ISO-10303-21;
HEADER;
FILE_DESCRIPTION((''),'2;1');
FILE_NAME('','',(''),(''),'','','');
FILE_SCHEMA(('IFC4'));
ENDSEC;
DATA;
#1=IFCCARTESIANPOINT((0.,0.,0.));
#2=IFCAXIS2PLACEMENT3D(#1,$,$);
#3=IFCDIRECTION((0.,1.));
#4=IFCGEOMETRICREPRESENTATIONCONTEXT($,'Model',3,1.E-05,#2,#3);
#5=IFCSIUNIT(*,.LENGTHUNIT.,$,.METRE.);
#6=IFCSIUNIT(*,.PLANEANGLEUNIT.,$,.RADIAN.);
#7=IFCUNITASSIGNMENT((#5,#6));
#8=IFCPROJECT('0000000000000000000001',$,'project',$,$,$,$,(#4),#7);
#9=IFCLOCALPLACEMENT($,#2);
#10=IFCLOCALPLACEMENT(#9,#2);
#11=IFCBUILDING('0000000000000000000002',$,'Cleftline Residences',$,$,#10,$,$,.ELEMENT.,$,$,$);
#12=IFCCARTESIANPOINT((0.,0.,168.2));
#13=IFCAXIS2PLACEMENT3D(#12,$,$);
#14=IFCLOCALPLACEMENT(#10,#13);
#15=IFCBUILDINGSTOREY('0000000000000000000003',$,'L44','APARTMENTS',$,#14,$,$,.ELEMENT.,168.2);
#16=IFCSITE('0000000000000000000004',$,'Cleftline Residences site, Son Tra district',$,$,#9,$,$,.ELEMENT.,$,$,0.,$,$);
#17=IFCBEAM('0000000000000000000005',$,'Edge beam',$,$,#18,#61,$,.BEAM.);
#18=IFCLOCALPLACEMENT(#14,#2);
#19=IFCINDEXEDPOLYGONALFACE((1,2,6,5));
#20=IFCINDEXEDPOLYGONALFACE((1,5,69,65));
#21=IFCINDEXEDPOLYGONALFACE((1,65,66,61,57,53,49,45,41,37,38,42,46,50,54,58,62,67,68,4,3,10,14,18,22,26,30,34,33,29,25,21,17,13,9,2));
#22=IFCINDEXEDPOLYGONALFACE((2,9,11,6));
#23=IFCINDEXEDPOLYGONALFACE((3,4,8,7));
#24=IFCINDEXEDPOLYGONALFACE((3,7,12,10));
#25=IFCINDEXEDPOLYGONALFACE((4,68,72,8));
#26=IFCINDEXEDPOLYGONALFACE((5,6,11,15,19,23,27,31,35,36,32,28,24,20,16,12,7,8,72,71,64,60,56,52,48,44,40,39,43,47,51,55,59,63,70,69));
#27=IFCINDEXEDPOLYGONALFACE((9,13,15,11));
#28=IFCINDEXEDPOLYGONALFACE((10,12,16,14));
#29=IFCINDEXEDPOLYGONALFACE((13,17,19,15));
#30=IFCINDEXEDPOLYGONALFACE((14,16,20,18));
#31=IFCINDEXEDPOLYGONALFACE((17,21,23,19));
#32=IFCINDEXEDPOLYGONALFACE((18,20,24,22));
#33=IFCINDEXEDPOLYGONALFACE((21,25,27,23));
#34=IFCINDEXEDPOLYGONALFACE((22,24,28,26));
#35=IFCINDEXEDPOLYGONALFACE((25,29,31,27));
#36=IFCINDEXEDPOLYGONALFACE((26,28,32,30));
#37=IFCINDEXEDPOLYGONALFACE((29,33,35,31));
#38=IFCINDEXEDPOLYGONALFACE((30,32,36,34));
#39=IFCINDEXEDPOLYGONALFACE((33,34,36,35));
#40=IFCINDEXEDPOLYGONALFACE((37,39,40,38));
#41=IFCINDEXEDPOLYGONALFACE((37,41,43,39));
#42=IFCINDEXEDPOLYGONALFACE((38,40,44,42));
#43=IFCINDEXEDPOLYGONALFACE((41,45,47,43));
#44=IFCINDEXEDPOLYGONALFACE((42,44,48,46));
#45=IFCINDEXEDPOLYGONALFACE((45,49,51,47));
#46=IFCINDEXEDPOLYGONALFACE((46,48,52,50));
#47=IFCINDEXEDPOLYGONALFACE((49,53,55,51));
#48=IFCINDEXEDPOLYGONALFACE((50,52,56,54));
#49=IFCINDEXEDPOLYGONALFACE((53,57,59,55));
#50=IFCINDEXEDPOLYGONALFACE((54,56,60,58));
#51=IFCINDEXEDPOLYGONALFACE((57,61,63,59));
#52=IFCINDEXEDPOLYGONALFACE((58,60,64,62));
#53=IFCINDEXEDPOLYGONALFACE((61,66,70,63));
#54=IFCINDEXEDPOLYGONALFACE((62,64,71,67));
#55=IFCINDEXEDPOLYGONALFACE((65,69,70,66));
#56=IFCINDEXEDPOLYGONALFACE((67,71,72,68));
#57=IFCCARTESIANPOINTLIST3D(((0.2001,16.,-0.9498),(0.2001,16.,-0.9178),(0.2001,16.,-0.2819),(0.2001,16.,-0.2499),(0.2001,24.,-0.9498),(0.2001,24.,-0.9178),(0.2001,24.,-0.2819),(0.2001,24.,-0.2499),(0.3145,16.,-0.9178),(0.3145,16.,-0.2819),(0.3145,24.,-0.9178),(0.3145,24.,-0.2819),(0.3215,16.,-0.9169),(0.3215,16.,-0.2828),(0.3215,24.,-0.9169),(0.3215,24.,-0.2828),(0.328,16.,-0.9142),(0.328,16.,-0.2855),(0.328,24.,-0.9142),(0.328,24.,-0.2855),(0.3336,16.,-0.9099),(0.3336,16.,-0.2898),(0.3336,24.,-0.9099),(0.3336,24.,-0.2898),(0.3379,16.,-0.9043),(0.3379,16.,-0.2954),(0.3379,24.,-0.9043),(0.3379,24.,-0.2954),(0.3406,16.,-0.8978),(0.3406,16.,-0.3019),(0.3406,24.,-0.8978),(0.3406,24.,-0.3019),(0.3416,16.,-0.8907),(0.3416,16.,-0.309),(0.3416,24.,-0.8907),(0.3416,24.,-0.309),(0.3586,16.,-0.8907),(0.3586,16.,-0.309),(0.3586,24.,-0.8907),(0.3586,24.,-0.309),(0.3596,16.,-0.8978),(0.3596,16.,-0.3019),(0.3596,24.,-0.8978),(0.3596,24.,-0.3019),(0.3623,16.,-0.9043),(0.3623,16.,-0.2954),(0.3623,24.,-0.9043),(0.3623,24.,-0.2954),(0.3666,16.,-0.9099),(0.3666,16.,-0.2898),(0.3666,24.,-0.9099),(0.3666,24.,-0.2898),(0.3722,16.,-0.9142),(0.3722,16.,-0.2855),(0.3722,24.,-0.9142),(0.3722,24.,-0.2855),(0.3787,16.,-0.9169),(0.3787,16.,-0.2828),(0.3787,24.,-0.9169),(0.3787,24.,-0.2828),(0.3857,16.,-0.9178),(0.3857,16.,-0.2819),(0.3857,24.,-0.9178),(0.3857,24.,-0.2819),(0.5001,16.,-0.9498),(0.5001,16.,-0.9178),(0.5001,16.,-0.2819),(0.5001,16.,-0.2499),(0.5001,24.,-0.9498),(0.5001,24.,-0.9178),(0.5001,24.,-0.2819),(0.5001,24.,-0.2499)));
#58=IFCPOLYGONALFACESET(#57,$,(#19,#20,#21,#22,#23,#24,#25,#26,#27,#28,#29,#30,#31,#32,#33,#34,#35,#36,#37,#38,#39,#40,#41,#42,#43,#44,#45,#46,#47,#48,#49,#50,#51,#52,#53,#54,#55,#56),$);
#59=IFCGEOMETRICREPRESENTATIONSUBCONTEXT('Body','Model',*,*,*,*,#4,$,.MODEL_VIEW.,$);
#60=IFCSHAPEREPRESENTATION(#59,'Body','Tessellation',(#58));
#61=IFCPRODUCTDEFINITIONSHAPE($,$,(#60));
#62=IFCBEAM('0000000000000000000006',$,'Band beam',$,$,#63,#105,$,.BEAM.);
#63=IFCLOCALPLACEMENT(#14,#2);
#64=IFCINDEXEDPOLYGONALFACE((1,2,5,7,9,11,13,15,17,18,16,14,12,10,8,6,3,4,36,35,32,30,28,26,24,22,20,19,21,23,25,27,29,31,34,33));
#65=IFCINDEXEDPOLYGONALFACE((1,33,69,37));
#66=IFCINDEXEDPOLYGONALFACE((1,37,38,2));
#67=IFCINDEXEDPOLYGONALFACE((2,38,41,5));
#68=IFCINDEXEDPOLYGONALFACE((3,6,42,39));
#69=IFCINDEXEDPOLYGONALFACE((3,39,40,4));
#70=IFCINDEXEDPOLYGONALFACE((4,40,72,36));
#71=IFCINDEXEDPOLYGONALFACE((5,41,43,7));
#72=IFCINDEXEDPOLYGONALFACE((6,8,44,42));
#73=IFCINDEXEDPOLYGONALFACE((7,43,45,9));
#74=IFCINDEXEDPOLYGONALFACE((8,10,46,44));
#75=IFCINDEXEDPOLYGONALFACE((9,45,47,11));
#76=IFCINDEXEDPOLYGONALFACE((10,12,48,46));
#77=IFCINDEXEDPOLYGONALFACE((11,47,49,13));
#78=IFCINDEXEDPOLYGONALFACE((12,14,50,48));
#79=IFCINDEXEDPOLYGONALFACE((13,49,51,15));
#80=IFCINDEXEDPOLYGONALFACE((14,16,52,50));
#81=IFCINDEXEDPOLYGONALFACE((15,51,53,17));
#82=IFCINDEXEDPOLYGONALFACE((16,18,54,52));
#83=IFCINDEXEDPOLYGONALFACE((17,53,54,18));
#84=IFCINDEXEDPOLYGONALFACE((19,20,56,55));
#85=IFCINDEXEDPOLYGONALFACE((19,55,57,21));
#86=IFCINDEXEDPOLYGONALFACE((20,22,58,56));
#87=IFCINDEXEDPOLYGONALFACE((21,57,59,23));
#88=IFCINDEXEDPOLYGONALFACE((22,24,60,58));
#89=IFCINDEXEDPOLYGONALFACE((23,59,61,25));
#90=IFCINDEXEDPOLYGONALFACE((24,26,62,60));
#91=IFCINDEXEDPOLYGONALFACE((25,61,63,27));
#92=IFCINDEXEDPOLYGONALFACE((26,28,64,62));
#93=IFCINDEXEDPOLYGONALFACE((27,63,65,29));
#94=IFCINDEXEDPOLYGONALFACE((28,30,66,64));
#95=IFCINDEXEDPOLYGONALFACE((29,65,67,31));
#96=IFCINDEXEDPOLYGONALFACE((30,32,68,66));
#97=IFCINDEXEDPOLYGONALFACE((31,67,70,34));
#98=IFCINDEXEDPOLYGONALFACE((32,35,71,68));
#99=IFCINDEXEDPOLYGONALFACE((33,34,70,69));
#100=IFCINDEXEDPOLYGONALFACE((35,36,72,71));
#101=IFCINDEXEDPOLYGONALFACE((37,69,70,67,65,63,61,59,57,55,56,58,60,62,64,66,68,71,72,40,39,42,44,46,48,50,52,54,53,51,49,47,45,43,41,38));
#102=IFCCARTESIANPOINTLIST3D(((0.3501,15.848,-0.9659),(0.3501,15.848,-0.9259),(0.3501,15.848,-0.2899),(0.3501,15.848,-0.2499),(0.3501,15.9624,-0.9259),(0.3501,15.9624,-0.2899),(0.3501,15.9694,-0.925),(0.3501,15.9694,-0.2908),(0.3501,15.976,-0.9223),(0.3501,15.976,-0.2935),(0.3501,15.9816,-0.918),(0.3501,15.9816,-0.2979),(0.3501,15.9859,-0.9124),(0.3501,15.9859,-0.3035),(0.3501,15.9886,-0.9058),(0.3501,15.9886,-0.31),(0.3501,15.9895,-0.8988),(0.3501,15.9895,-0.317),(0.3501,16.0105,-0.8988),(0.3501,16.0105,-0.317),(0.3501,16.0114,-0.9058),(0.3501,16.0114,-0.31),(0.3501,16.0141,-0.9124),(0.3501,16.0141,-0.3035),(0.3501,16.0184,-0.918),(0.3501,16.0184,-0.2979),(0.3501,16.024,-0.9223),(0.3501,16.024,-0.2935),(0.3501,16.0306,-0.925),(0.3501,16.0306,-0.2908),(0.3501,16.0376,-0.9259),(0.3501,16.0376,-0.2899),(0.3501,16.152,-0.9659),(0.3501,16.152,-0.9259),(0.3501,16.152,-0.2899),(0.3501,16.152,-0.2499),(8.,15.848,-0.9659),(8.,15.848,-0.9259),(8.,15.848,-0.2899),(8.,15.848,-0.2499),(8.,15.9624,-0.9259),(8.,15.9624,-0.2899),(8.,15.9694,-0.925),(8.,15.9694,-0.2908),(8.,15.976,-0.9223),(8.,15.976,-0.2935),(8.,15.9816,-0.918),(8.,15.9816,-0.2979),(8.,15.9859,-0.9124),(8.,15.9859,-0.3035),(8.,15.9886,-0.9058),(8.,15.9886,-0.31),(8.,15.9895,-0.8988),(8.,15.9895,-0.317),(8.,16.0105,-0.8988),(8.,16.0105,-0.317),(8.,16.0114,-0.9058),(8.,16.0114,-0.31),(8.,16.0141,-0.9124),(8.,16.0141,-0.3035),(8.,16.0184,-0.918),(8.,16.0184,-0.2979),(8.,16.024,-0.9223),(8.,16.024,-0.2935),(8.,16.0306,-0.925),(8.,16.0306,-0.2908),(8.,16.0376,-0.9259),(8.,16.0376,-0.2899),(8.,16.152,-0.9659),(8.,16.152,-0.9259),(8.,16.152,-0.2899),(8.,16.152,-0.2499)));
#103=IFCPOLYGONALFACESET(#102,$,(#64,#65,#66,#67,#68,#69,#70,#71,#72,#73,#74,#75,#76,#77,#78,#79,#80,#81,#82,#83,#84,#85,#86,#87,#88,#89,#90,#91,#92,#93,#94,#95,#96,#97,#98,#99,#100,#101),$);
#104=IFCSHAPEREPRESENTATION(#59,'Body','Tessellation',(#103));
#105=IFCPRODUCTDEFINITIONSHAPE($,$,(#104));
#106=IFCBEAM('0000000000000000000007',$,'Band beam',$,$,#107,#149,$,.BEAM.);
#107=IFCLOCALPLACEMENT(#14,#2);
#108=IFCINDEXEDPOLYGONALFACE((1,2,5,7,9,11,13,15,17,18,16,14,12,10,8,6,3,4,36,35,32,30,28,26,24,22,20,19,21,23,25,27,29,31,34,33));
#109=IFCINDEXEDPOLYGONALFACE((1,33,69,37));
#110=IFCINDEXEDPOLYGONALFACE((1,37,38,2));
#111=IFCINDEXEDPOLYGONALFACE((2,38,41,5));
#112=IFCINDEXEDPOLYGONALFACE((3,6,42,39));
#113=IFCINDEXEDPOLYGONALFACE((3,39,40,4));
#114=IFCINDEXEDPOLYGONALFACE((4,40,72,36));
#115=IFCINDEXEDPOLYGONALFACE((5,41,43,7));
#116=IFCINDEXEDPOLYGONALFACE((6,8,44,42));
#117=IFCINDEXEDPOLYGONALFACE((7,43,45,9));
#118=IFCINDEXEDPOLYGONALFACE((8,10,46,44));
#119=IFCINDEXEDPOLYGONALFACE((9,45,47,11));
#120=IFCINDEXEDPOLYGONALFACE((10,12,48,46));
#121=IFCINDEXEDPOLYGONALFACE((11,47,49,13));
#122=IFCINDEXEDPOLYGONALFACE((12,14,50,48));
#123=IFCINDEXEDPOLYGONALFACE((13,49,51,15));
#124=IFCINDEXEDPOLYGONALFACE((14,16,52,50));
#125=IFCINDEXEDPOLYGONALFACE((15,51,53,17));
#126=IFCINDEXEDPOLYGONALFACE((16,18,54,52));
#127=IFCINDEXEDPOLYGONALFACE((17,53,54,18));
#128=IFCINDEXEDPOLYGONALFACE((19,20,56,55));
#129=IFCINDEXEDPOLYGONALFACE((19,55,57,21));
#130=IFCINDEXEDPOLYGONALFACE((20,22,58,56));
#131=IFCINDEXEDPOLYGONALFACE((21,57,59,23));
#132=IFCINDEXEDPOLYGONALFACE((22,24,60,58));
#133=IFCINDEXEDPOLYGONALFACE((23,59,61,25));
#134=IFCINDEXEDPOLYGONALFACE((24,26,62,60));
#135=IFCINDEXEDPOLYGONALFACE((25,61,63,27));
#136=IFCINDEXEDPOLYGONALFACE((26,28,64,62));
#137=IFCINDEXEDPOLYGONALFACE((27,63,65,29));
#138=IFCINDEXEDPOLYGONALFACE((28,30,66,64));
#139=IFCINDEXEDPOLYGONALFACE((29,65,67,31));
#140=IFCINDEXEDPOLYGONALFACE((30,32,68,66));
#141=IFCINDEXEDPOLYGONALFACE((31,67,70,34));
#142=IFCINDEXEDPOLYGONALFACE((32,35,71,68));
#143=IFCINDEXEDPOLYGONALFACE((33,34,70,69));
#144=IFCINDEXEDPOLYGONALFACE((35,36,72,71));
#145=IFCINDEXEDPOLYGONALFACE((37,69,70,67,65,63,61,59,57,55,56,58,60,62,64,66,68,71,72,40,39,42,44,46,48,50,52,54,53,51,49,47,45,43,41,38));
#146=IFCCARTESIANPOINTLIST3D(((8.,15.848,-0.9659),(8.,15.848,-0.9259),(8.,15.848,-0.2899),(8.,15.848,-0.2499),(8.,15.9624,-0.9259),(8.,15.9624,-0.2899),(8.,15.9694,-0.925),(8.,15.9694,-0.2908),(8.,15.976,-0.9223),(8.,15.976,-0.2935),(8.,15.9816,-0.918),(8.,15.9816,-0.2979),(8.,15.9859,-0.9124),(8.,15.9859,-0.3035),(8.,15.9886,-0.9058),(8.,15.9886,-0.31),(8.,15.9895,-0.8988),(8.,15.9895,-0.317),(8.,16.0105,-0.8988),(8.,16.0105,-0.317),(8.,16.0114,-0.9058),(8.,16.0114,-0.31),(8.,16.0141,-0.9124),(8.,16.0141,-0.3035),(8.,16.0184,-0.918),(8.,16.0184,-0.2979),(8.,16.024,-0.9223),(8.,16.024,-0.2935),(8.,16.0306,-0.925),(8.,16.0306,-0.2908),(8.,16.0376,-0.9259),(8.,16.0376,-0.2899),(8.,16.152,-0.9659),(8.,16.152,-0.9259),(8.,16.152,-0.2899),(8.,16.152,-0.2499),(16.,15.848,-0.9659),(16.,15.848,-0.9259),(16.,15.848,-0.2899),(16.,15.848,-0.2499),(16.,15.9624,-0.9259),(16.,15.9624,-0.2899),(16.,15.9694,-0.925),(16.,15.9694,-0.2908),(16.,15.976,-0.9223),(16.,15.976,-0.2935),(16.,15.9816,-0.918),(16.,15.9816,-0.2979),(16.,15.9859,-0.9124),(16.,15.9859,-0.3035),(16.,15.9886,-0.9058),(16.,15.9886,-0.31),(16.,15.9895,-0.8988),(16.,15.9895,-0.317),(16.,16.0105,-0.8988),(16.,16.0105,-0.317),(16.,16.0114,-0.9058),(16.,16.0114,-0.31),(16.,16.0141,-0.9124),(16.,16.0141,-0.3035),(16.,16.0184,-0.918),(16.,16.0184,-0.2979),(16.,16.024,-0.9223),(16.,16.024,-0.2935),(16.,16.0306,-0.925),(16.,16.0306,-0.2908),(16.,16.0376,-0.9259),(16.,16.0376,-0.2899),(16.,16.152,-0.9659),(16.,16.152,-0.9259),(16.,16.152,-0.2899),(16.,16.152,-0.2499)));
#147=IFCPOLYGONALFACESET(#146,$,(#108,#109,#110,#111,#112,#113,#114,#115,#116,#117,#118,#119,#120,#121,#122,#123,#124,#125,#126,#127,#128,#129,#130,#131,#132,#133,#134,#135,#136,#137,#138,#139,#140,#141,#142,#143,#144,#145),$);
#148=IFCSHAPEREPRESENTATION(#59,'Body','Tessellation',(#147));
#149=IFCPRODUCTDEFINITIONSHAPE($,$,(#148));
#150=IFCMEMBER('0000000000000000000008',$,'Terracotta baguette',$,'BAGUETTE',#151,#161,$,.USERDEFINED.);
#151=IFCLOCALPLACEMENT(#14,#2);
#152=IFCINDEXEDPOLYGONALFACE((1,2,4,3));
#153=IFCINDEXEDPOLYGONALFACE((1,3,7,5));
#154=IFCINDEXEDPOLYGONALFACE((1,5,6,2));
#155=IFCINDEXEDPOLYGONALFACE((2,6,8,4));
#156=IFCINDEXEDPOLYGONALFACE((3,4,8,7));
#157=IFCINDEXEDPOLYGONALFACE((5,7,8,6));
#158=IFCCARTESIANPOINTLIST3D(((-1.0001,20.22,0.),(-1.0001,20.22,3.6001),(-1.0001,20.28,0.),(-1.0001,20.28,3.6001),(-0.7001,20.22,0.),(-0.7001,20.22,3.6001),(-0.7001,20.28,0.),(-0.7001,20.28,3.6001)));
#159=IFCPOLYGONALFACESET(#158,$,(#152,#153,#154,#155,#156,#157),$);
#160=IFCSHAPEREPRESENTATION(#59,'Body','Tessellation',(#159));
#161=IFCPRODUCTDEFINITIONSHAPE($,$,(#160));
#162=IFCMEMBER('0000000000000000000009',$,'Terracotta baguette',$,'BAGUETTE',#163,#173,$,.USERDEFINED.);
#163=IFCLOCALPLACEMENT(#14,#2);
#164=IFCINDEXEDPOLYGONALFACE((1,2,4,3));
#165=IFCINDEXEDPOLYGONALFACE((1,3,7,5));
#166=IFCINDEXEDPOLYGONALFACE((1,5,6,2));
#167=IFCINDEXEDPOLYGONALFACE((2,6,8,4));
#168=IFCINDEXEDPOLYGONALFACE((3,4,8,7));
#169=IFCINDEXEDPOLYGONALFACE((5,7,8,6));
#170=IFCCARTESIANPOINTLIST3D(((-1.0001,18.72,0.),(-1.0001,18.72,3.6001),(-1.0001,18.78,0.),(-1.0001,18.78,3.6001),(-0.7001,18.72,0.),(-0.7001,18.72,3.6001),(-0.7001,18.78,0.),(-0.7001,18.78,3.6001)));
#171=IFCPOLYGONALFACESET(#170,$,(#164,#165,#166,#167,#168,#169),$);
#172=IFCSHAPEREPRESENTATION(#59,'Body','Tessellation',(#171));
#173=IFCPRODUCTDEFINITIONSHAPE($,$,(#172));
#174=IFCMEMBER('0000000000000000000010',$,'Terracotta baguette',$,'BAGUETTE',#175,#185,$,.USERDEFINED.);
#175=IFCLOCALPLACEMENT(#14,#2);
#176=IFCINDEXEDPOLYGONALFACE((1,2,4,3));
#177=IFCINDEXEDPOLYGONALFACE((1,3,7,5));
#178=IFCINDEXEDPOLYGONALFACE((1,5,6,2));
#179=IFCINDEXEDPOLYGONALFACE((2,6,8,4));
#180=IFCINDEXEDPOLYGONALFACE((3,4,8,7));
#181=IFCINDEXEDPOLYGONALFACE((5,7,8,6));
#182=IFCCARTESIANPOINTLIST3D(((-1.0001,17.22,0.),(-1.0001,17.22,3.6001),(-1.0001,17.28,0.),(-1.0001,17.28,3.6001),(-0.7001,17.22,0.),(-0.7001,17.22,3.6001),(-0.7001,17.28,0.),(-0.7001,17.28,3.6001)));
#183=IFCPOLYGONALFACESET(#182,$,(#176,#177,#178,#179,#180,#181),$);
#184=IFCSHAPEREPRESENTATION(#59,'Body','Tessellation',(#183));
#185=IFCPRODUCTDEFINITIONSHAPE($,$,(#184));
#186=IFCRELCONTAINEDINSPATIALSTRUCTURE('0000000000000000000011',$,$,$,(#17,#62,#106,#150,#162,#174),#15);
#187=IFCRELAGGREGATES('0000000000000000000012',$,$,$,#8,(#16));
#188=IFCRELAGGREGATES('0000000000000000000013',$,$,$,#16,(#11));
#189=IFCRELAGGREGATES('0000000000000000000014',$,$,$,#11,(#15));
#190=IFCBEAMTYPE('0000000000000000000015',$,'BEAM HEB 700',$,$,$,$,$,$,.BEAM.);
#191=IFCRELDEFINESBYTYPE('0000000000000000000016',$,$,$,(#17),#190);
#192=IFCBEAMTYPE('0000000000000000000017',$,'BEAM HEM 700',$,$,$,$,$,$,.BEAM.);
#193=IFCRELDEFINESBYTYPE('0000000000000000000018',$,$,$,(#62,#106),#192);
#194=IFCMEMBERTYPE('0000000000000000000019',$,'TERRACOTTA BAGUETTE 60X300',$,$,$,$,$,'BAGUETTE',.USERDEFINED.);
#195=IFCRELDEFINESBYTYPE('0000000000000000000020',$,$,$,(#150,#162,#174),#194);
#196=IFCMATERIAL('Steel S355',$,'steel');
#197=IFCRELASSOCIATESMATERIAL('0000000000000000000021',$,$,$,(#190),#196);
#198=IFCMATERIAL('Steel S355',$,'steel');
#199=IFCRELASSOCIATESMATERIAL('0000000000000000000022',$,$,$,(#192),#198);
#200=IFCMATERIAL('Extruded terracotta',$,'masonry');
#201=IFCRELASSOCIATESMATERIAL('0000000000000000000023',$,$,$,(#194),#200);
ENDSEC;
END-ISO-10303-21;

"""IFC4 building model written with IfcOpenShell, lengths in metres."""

from ifc_helpers import new_model, si_unit, direction, frame, origin, origin_2d, place, context, subcontext, project, spatial, rectangle, i_section, extrude, material, material_profile, profile_set, type_object, element, save


model = new_model("IFC4")

# Units and contexts
model_context = context("Model", 3, precision=1e-05, world=origin(), true_north=direction((0.0, 1.0)))
body_context = subcontext(model_context, "Body", "Model", "MODEL_VIEW")
ifc_project = project(units=[si_unit("LENGTHUNIT", "METRE"), si_unit("PLANEANGLEUNIT", "RADIAN")], contexts=[model_context])

# Site, building, storey
site_placement = place(None, origin())
site = spatial("IfcSite", under=ifc_project, at=site_placement, Name="Cleftline Residences site, Son Tra district", CompositionType="ELEMENT", RefElevation=0.0)
building_placement = place(site_placement, origin())
building = spatial("IfcBuilding", under=site, at=building_placement, Name="Cleftline Residences", CompositionType="ELEMENT")
storey_placement = place(building_placement, frame((0.0, 0.0, 168.2)))
storey = spatial("IfcBuildingStorey", under=building, at=storey_placement, Name="L44", Description="APARTMENTS", CompositionType="ELEMENT", Elevation=168.2)

# Beams
ifc_material_1 = material(Name="Steel S355", Category="steel")
ifc_material_profile_1 = material_profile(ifc_material_1, i_section(OverallWidth=0.3, OverallDepth=0.7, WebThickness=0.0171, FlangeThickness=0.032, FilletRadius=0.0271, at=origin_2d()))
ifc_profile_set_1 = profile_set([ifc_material_profile_1], Name="Steel S355")
beam_type_1 = type_object("IfcBeamType", Name="BEAM HEB 700", PredefinedType="BEAM", material=ifc_profile_set_1)
beam_1_placement = place(storey_placement, frame((0.3501, 16.0, -0.5999), z_axis=(0.0, 1.0, 0.0), x_axis=(-1.0, 0.0, 0.0)))
element("IfcBeam", 1, at=beam_1_placement, inside=storey, type_object=beam_type_1, Name="Edge beam", PredefinedType="BEAM", context=body_context, shape_type="SweptSolid", body=[
    extrude(i_section(OverallWidth=0.3, OverallDepth=0.7, WebThickness=0.0171, FlangeThickness=0.032, FilletRadius=0.0271, at=origin_2d()), origin(), (0.0, 0.0, 1.0), 8.0),
])
ifc_material_2 = material(Name="Steel S355", Category="steel")
ifc_material_profile_2 = material_profile(ifc_material_2, i_section(OverallWidth=0.304, OverallDepth=0.7161, WebThickness=0.021, FlangeThickness=0.04, FilletRadius=0.0271, at=origin_2d()))
ifc_profile_set_2 = profile_set([ifc_material_profile_2], Name="Steel S355")
beam_type_2 = type_object("IfcBeamType", Name="BEAM HEM 700", PredefinedType="BEAM", material=ifc_profile_set_2)
beam_2_placement = place(storey_placement, frame((0.3501, 16.0, -0.6079), z_axis=(1.0, 0.0, 0.0), x_axis=(0.0, 1.0, 0.0)))
element("IfcBeam", 2, at=beam_2_placement, inside=storey, type_object=beam_type_2, Name="Band beam", PredefinedType="BEAM", context=body_context, shape_type="SweptSolid", body=[
    extrude(i_section(OverallWidth=0.304, OverallDepth=0.7161, WebThickness=0.021, FlangeThickness=0.04, FilletRadius=0.0271, at=origin_2d()), origin(), (0.0, 0.0, 1.0), 7.6499),
])
beam_3_placement = place(storey_placement, frame((8.0, 16.0, -0.6079), z_axis=(1.0, 0.0, 0.0), x_axis=(0.0, 1.0, 0.0)))
element("IfcBeam", 3, at=beam_3_placement, inside=storey, type_object=beam_type_2, Name="Band beam", PredefinedType="BEAM", context=body_context, shape_type="SweptSolid", body=[
    extrude(i_section(OverallWidth=0.304, OverallDepth=0.7161, WebThickness=0.021, FlangeThickness=0.04, FilletRadius=0.0271, at=origin_2d()), origin(), (0.0, 0.0, 1.0), 8.0),
])

# Members
ifc_material_3 = material(Name="Extruded terracotta", Category="masonry")
ifc_material_profile_3 = material_profile(ifc_material_3, rectangle(XDim=0.0601, YDim=0.3, at=origin_2d()))
ifc_profile_set_3 = profile_set([ifc_material_profile_3], Name="Extruded terracotta")
member_type_1 = type_object("IfcMemberType", Name="TERRACOTTA BAGUETTE 60X300", ElementType="BAGUETTE", PredefinedType="USERDEFINED", material=ifc_profile_set_3)
for number, where, z_axis, x_axis, name in (
    (4, (-0.8501, 20.25, 0.0), (0.0, 0.0, 1.0), (0.0, 1.0, 0.0), "Terracotta baguette"),
    (5, (-0.8501, 18.75, 0.0), (0.0, 0.0, 1.0), (0.0, 1.0, 0.0), "Terracotta baguette"),
    (6, (-0.8501, 17.25, 0.0), (0.0, 0.0, 1.0), (0.0, 1.0, 0.0), "Terracotta baguette"),
):
    element("IfcMember", number, at=place(storey_placement, frame(where, z_axis=z_axis, x_axis=x_axis)), inside=storey, type_object=member_type_1, Name=name, ObjectType="BAGUETTE", PredefinedType="USERDEFINED", context=body_context, shape_type="SweptSolid", body=[
        extrude(rectangle(XDim=0.0601, YDim=0.3, at=origin_2d()), origin(), (0.0, 0.0, 1.0), 3.6001),
    ])

save(model, "model.ifc")
